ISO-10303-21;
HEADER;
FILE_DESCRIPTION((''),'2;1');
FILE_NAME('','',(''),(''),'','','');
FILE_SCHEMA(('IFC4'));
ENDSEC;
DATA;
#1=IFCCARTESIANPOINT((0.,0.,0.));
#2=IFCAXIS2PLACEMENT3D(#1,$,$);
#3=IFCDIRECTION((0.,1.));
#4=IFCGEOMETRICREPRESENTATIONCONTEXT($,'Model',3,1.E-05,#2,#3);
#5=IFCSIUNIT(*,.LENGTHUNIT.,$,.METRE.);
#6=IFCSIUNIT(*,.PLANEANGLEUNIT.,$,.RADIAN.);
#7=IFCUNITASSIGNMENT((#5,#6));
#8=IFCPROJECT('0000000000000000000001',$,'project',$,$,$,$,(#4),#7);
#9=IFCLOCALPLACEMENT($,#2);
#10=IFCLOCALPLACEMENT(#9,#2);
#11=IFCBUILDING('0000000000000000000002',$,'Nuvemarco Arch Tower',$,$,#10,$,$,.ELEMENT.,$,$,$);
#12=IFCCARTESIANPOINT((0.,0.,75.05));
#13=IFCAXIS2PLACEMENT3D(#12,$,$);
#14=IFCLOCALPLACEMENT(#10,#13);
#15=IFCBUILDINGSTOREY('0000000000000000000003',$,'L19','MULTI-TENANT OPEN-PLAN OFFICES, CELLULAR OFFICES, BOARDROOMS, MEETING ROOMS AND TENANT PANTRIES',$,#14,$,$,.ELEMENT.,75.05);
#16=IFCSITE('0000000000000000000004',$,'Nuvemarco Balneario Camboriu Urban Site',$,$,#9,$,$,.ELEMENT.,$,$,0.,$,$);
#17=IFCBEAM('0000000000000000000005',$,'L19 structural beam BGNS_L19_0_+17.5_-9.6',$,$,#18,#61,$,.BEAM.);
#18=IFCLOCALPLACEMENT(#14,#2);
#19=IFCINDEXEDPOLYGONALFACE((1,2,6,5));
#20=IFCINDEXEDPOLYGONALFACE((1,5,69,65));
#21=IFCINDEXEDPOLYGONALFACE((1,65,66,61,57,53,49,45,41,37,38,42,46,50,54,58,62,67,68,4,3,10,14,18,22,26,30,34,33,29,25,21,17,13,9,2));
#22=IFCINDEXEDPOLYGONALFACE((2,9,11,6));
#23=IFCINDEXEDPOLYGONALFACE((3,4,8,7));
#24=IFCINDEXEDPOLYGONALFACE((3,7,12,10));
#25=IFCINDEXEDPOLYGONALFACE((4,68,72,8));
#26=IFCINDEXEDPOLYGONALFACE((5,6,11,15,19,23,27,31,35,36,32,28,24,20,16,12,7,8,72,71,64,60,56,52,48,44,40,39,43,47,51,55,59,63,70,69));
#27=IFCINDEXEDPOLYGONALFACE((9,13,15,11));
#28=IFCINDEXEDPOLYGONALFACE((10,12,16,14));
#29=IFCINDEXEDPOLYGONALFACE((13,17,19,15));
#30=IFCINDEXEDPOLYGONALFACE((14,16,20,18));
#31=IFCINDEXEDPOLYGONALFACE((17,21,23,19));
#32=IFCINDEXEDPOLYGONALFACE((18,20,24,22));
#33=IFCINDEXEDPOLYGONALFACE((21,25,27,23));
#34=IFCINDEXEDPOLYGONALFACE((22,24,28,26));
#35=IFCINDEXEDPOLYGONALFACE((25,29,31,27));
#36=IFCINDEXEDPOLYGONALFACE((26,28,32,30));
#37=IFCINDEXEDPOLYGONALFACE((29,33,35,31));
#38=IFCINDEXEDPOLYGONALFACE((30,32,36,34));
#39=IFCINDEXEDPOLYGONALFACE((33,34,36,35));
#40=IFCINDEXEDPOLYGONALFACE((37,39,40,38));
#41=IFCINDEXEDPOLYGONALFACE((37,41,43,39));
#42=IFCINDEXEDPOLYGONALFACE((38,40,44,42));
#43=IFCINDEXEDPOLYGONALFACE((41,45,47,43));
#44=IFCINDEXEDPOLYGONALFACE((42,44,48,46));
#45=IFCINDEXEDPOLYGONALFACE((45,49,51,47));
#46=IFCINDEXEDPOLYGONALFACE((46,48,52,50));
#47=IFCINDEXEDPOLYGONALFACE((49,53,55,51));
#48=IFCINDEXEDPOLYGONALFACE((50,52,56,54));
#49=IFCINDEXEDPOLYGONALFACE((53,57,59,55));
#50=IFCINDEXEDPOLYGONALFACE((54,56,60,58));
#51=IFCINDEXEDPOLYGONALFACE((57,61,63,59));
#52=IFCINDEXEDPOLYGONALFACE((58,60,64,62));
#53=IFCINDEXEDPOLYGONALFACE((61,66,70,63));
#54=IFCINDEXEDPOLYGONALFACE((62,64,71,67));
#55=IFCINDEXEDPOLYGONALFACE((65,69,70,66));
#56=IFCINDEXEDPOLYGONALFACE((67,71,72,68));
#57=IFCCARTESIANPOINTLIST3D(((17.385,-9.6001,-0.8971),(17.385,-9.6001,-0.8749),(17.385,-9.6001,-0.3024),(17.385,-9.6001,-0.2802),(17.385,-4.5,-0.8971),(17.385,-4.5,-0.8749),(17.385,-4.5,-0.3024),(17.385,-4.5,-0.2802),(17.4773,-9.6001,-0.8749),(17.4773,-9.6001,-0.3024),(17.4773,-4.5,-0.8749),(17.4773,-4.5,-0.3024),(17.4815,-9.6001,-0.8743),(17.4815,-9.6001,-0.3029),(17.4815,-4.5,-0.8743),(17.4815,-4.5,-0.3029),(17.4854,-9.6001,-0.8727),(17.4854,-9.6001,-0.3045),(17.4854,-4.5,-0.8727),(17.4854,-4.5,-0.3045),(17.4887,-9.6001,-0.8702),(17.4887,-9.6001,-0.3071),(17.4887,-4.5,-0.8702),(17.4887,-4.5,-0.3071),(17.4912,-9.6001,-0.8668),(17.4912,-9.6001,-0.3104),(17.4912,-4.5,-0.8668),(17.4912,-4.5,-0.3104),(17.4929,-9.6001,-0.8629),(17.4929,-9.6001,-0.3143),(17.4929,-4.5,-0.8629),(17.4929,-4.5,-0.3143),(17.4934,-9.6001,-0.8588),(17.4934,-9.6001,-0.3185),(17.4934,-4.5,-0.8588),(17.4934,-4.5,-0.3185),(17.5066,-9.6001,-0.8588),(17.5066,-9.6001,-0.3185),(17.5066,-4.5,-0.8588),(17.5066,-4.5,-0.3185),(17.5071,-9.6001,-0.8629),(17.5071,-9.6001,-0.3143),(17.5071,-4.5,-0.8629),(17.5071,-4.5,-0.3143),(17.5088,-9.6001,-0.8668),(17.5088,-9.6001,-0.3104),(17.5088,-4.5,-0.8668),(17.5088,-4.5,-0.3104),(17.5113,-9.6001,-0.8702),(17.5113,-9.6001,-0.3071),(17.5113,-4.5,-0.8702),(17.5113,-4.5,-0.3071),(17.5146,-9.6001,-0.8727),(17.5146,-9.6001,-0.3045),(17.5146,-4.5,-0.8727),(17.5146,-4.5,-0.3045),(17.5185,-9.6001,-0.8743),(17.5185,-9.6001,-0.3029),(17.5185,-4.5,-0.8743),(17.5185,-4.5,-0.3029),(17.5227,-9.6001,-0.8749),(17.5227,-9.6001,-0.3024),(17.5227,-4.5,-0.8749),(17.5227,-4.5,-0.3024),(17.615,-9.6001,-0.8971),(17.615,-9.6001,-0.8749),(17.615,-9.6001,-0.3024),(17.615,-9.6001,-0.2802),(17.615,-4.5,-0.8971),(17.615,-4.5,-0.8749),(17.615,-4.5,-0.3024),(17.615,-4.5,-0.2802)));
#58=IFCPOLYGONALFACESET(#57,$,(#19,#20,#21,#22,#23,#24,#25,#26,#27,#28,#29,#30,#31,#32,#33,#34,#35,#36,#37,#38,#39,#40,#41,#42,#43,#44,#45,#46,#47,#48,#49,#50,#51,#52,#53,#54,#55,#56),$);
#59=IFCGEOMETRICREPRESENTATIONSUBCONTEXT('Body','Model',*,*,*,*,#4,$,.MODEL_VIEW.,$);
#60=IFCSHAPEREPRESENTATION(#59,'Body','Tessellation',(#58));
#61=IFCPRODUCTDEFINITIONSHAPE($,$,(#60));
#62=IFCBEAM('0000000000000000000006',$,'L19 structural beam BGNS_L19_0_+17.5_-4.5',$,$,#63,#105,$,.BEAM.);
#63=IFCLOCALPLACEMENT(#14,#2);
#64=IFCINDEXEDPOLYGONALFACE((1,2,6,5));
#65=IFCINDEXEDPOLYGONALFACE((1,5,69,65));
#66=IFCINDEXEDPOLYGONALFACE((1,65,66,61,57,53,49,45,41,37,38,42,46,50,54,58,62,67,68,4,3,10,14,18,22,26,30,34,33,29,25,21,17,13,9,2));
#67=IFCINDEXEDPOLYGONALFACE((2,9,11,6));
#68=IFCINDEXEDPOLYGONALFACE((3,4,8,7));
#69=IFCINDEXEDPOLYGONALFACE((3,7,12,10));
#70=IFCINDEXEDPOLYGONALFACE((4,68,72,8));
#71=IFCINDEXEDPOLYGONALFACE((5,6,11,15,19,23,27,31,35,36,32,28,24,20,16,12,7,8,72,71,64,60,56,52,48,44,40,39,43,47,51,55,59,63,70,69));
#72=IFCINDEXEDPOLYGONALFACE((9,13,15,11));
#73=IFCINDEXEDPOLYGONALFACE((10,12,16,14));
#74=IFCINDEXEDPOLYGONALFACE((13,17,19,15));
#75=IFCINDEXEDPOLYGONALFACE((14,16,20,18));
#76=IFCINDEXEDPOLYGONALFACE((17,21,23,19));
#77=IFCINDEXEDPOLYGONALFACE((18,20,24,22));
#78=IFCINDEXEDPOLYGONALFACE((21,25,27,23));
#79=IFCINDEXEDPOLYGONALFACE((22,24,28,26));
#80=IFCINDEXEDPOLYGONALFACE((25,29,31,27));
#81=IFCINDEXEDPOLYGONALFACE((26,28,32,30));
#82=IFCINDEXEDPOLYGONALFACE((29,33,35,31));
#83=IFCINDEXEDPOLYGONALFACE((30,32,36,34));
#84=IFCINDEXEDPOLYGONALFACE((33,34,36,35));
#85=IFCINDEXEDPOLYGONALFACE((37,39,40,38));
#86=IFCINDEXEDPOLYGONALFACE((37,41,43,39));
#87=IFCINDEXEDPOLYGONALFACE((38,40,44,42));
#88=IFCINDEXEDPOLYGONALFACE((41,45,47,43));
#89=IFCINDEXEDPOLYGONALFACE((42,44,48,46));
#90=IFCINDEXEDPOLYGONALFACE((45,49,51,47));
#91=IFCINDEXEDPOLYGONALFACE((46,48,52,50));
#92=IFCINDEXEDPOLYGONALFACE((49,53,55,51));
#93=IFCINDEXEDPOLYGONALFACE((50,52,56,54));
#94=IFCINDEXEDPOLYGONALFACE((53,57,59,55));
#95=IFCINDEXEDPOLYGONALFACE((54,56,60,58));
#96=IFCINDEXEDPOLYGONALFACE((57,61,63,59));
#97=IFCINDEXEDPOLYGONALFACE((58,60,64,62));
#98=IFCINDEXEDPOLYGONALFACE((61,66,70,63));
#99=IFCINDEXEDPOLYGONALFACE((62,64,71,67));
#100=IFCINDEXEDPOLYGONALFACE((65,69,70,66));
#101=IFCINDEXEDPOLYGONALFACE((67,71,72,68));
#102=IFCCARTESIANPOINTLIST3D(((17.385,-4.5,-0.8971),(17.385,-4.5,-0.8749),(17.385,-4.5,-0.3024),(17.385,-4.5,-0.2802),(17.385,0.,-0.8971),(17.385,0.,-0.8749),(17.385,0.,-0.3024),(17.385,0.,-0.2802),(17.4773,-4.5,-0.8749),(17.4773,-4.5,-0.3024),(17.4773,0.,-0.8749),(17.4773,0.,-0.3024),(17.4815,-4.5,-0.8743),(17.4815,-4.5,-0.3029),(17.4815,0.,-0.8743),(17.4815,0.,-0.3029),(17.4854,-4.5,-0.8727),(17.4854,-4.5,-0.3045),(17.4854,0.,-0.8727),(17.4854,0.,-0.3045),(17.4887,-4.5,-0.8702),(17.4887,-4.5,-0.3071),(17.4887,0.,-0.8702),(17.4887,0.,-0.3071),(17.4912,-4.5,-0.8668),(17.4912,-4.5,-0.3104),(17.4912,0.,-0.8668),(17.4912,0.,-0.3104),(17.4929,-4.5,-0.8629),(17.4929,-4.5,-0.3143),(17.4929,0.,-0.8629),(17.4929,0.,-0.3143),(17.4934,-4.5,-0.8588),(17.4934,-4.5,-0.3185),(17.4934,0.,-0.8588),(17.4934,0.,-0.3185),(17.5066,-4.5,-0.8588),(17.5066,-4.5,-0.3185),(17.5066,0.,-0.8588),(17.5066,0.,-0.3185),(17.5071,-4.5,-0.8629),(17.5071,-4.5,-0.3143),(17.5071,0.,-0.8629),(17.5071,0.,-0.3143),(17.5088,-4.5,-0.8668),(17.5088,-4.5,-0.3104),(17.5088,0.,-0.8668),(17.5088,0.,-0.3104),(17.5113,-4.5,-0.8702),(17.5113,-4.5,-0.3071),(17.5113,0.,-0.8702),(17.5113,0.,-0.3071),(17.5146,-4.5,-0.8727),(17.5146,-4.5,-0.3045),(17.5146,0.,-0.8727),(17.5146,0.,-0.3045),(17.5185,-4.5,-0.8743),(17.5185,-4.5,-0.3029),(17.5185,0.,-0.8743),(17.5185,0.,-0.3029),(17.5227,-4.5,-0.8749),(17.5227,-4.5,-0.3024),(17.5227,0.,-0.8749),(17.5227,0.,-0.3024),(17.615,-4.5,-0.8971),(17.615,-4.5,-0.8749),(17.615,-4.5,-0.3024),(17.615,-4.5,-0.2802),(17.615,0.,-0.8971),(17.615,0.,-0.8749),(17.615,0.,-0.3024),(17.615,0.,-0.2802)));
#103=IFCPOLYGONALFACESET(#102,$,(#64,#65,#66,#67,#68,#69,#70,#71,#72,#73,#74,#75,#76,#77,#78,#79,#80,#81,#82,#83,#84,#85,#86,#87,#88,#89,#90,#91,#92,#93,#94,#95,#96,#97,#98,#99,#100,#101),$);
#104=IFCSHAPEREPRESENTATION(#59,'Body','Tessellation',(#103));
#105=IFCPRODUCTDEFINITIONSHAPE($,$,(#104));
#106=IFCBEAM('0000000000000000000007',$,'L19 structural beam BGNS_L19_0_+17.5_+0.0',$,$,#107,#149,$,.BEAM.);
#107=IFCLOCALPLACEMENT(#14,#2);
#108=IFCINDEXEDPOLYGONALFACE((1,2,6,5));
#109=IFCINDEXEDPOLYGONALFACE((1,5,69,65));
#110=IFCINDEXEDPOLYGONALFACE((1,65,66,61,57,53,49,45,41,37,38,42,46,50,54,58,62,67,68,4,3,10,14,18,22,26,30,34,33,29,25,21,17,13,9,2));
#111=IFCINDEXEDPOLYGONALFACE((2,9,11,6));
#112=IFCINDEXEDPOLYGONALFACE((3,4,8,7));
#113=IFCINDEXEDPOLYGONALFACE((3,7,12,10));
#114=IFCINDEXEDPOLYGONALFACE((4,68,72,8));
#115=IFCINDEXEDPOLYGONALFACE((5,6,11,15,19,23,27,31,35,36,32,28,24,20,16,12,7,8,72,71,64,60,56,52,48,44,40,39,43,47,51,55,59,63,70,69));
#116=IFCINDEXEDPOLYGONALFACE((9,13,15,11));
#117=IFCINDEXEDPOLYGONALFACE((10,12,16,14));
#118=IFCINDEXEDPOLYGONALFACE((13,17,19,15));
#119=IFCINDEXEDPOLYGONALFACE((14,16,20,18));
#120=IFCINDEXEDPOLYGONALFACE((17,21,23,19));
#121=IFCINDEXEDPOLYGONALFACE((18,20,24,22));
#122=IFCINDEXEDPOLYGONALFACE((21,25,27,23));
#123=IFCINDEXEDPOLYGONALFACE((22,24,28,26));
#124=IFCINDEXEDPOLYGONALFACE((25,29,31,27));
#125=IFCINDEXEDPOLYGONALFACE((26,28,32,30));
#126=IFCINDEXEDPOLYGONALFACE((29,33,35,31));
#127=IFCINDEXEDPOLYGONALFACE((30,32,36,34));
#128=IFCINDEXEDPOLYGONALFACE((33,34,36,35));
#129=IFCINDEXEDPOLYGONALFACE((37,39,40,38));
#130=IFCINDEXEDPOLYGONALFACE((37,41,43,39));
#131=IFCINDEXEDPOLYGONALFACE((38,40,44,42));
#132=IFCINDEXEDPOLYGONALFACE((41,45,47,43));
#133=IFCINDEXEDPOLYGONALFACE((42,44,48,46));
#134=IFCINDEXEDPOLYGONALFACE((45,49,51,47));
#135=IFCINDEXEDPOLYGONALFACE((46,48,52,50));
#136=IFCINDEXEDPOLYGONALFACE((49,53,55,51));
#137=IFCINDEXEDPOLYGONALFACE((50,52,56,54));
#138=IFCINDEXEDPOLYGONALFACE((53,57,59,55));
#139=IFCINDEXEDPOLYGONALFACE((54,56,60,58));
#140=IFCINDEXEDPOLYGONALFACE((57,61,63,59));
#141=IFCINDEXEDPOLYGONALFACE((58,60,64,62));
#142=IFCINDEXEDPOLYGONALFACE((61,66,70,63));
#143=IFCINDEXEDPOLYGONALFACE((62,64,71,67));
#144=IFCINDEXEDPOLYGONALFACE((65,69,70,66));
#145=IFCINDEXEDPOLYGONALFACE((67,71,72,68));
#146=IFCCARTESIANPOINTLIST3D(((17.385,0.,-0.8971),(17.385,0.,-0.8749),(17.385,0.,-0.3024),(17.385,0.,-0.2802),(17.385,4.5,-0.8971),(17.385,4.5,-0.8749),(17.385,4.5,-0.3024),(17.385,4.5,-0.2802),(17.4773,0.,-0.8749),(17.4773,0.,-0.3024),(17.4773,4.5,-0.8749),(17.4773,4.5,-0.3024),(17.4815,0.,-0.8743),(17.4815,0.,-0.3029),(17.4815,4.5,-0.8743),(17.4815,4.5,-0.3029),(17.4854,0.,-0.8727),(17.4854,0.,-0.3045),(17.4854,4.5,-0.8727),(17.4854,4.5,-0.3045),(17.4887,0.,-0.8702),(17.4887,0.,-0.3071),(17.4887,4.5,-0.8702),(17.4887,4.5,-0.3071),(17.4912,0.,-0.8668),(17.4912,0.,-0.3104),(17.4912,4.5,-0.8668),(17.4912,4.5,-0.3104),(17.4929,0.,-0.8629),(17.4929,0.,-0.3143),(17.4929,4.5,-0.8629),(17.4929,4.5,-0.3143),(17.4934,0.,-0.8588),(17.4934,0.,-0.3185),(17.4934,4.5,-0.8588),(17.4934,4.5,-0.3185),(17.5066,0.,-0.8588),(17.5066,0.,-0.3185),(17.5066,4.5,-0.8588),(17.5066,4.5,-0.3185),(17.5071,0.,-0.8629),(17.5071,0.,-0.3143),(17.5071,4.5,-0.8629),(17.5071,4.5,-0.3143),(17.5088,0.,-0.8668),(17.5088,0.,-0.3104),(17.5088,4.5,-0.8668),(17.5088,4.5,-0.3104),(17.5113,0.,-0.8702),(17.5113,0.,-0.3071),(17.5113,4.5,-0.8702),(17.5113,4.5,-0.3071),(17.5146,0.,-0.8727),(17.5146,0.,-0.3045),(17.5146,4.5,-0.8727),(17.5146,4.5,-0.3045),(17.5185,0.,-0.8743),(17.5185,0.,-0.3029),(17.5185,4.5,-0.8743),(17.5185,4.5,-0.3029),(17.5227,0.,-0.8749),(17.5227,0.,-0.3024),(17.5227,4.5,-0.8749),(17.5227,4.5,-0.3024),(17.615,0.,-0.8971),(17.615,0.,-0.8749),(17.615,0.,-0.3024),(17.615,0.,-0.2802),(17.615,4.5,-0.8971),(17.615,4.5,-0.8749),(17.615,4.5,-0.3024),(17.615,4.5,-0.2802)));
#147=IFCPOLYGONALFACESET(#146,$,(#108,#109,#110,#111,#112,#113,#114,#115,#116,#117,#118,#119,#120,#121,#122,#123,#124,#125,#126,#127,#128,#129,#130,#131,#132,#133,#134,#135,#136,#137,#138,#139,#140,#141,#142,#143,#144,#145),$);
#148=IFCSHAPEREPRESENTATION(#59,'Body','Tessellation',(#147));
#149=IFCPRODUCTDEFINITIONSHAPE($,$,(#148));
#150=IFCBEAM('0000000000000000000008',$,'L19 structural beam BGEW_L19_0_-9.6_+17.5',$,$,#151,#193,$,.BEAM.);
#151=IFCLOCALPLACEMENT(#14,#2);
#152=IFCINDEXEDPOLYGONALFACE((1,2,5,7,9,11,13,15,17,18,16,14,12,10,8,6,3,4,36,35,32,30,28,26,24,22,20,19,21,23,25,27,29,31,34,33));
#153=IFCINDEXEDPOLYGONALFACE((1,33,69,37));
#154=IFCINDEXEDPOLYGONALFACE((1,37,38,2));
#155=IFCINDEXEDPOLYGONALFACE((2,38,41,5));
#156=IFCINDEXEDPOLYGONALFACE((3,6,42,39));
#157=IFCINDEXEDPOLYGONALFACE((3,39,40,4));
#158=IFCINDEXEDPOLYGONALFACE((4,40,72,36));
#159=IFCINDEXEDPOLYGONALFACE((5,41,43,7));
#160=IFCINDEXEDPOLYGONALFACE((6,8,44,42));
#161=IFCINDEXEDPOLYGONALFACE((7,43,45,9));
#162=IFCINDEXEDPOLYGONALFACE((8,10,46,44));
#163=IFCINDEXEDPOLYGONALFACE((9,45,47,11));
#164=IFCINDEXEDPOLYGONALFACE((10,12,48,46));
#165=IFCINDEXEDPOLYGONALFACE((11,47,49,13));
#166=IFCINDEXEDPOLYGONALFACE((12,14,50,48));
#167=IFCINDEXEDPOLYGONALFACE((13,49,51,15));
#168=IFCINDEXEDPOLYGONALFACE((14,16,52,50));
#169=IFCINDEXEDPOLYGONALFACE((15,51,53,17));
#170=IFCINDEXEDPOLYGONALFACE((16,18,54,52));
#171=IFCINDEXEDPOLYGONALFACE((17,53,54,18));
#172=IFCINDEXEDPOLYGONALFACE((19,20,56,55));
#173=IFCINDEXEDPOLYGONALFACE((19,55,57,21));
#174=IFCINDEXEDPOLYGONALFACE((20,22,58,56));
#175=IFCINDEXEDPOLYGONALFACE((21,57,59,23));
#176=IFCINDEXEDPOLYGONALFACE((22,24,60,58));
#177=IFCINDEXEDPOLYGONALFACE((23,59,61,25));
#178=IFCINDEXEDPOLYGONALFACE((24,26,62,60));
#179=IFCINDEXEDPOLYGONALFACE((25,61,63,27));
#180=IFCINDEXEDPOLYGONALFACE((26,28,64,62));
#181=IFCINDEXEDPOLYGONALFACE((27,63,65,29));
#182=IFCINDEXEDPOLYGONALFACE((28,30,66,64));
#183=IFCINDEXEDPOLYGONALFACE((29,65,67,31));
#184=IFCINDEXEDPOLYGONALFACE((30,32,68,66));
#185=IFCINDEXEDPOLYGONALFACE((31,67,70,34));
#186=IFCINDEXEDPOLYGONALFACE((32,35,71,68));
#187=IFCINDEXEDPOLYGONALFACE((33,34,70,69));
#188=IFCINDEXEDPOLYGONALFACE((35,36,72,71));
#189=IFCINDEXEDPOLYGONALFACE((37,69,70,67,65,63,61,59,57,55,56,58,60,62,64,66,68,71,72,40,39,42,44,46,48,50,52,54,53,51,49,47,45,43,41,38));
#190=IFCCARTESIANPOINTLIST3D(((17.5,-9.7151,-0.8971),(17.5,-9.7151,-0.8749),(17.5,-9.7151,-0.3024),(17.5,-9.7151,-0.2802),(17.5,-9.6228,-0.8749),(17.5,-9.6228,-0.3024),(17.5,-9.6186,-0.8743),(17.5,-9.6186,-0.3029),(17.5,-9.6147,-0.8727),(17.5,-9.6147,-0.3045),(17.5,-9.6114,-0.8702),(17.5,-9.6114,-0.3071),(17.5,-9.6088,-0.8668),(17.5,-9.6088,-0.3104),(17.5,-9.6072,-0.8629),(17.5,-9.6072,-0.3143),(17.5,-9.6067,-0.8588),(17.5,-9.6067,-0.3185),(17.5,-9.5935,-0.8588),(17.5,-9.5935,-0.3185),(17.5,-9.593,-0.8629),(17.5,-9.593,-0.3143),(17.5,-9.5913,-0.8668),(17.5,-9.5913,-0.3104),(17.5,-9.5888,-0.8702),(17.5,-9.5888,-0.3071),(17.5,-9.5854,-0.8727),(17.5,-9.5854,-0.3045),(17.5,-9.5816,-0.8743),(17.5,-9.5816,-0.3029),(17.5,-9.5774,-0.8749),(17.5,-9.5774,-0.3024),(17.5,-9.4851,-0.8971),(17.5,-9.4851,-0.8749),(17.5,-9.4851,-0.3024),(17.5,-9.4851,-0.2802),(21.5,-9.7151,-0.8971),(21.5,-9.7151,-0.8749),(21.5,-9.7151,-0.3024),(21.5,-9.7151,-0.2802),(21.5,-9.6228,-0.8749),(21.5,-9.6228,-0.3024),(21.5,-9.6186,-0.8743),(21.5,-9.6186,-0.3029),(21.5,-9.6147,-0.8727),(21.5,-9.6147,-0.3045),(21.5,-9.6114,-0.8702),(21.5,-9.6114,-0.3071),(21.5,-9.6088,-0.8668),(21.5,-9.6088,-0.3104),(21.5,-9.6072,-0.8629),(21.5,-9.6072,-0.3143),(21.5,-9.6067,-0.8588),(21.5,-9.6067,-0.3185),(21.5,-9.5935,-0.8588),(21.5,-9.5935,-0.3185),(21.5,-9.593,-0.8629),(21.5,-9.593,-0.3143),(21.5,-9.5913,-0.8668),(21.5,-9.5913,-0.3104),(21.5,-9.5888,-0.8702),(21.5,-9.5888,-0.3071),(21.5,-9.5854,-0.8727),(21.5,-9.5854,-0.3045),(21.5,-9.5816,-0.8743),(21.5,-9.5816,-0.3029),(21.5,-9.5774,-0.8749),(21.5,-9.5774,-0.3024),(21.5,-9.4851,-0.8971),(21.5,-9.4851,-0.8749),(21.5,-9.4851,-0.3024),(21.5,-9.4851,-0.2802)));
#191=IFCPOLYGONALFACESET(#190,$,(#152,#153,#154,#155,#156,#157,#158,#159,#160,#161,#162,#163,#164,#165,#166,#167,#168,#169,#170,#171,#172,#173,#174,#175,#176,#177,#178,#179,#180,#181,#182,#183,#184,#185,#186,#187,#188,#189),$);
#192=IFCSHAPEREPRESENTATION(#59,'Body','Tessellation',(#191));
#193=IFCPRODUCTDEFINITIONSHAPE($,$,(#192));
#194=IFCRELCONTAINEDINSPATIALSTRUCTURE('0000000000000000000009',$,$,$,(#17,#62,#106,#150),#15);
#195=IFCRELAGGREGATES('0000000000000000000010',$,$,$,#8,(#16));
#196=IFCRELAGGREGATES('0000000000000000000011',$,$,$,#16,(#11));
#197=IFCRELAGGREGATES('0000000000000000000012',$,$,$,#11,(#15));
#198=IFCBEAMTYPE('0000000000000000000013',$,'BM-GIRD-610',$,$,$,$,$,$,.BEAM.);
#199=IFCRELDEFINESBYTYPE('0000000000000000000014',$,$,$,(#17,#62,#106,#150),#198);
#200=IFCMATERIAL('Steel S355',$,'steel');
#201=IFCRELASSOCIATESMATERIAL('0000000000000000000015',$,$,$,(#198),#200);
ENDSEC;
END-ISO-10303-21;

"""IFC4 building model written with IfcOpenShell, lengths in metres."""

from ifc_helpers import new_model, si_unit, direction, frame, origin, origin_2d, place, context, subcontext, project, spatial, i_section, extrude, material, material_profile, profile_set, type_object, element, save


model = new_model("IFC4")

# Units and contexts
model_context = context("Model", 3, precision=1e-05, world=origin(), true_north=direction((0.0, 1.0)))
body_context = subcontext(model_context, "Body", "Model", "MODEL_VIEW")
ifc_project = project(units=[si_unit("LENGTHUNIT", "METRE"), si_unit("PLANEANGLEUNIT", "RADIAN")], contexts=[model_context])

# Site, building, storey
site_placement = place(None, origin())
site = spatial("IfcSite", under=ifc_project, at=site_placement, Name="Nuvemarco Balneario Camboriu Urban Site", CompositionType="ELEMENT", RefElevation=0.0)
building_placement = place(site_placement, origin())
building = spatial("IfcBuilding", under=site, at=building_placement, Name="Nuvemarco Arch Tower", CompositionType="ELEMENT")
storey_placement = place(building_placement, frame((0.0, 0.0, 75.05)))
storey = spatial("IfcBuildingStorey", under=building, at=storey_placement, Name="L19", Description="MULTI-TENANT OPEN-PLAN OFFICES, CELLULAR OFFICES, BOARDROOMS, MEETING ROOMS AND TENANT PANTRIES", CompositionType="ELEMENT", Elevation=75.05)

# Beams
ifc_material_1 = material(Name="Steel S355", Category="steel")
ifc_material_profile_1 = material_profile(ifc_material_1, i_section(OverallWidth=0.23, OverallDepth=0.6169, WebThickness=0.0132, FlangeThickness=0.0222, FilletRadius=0.0161, at=origin_2d()), Name="W610x140")
ifc_profile_set_1 = profile_set([ifc_material_profile_1], Name="Steel S355")
beam_type_1 = type_object("IfcBeamType", Name="BM-GIRD-610", PredefinedType="BEAM", material=ifc_profile_set_1)
beam_placement = place(storey_placement, frame((17.5, -9.6001, -0.5886), z_axis=(0.0, 1.0, 0.0), x_axis=(-1.0, 0.0, 0.0)))
element("IfcBeam", 1, at=beam_placement, inside=storey, type_object=beam_type_1, Name="L19 structural beam BGNS_L19_0_+17.5_-9.6", PredefinedType="BEAM", context=body_context, shape_type="SweptSolid", body=[
    extrude(i_section(OverallWidth=0.23, OverallDepth=0.6169, WebThickness=0.0132, FlangeThickness=0.0222, FilletRadius=0.0161, at=origin_2d()), origin(), (0.0, 0.0, 1.0), 5.1001),
])
for number, where, z_axis, x_axis, name in (
    (2, (17.5, -4.5, -0.5886), (0.0, 1.0, 0.0), (-1.0, 0.0, 0.0), "L19 structural beam BGNS_L19_0_+17.5_-4.5"),
    (3, (17.5, 0.0, -0.5886), (0.0, 1.0, 0.0), (-1.0, 0.0, 0.0), "L19 structural beam BGNS_L19_0_+17.5_+0.0"),
):
    element("IfcBeam", number, at=place(storey_placement, frame(where, z_axis=z_axis, x_axis=x_axis)), inside=storey, type_object=beam_type_1, Name=name, PredefinedType="BEAM", context=body_context, shape_type="SweptSolid", body=[
        extrude(i_section(OverallWidth=0.23, OverallDepth=0.6169, WebThickness=0.0132, FlangeThickness=0.0222, FilletRadius=0.0161, at=origin_2d()), origin(), (0.0, 0.0, 1.0), 4.5),
    ])
for number, where, z_axis, x_axis, name in (
    (4, (17.5, -9.6001, -0.5886), (1.0, 0.0, 0.0), (0.0, 1.0, 0.0), "L19 structural beam BGEW_L19_0_-9.6_+17.5"),
):
    element("IfcBeam", number, at=place(storey_placement, frame(where, z_axis=z_axis, x_axis=x_axis)), inside=storey, type_object=beam_type_1, Name=name, PredefinedType="BEAM", context=body_context, shape_type="SweptSolid", body=[
        extrude(i_section(OverallWidth=0.23, OverallDepth=0.6169, WebThickness=0.0132, FlangeThickness=0.0222, FilletRadius=0.0161, at=origin_2d()), origin(), (0.0, 0.0, 1.0), 4.0),
    ])

save(model, "model.ifc")
